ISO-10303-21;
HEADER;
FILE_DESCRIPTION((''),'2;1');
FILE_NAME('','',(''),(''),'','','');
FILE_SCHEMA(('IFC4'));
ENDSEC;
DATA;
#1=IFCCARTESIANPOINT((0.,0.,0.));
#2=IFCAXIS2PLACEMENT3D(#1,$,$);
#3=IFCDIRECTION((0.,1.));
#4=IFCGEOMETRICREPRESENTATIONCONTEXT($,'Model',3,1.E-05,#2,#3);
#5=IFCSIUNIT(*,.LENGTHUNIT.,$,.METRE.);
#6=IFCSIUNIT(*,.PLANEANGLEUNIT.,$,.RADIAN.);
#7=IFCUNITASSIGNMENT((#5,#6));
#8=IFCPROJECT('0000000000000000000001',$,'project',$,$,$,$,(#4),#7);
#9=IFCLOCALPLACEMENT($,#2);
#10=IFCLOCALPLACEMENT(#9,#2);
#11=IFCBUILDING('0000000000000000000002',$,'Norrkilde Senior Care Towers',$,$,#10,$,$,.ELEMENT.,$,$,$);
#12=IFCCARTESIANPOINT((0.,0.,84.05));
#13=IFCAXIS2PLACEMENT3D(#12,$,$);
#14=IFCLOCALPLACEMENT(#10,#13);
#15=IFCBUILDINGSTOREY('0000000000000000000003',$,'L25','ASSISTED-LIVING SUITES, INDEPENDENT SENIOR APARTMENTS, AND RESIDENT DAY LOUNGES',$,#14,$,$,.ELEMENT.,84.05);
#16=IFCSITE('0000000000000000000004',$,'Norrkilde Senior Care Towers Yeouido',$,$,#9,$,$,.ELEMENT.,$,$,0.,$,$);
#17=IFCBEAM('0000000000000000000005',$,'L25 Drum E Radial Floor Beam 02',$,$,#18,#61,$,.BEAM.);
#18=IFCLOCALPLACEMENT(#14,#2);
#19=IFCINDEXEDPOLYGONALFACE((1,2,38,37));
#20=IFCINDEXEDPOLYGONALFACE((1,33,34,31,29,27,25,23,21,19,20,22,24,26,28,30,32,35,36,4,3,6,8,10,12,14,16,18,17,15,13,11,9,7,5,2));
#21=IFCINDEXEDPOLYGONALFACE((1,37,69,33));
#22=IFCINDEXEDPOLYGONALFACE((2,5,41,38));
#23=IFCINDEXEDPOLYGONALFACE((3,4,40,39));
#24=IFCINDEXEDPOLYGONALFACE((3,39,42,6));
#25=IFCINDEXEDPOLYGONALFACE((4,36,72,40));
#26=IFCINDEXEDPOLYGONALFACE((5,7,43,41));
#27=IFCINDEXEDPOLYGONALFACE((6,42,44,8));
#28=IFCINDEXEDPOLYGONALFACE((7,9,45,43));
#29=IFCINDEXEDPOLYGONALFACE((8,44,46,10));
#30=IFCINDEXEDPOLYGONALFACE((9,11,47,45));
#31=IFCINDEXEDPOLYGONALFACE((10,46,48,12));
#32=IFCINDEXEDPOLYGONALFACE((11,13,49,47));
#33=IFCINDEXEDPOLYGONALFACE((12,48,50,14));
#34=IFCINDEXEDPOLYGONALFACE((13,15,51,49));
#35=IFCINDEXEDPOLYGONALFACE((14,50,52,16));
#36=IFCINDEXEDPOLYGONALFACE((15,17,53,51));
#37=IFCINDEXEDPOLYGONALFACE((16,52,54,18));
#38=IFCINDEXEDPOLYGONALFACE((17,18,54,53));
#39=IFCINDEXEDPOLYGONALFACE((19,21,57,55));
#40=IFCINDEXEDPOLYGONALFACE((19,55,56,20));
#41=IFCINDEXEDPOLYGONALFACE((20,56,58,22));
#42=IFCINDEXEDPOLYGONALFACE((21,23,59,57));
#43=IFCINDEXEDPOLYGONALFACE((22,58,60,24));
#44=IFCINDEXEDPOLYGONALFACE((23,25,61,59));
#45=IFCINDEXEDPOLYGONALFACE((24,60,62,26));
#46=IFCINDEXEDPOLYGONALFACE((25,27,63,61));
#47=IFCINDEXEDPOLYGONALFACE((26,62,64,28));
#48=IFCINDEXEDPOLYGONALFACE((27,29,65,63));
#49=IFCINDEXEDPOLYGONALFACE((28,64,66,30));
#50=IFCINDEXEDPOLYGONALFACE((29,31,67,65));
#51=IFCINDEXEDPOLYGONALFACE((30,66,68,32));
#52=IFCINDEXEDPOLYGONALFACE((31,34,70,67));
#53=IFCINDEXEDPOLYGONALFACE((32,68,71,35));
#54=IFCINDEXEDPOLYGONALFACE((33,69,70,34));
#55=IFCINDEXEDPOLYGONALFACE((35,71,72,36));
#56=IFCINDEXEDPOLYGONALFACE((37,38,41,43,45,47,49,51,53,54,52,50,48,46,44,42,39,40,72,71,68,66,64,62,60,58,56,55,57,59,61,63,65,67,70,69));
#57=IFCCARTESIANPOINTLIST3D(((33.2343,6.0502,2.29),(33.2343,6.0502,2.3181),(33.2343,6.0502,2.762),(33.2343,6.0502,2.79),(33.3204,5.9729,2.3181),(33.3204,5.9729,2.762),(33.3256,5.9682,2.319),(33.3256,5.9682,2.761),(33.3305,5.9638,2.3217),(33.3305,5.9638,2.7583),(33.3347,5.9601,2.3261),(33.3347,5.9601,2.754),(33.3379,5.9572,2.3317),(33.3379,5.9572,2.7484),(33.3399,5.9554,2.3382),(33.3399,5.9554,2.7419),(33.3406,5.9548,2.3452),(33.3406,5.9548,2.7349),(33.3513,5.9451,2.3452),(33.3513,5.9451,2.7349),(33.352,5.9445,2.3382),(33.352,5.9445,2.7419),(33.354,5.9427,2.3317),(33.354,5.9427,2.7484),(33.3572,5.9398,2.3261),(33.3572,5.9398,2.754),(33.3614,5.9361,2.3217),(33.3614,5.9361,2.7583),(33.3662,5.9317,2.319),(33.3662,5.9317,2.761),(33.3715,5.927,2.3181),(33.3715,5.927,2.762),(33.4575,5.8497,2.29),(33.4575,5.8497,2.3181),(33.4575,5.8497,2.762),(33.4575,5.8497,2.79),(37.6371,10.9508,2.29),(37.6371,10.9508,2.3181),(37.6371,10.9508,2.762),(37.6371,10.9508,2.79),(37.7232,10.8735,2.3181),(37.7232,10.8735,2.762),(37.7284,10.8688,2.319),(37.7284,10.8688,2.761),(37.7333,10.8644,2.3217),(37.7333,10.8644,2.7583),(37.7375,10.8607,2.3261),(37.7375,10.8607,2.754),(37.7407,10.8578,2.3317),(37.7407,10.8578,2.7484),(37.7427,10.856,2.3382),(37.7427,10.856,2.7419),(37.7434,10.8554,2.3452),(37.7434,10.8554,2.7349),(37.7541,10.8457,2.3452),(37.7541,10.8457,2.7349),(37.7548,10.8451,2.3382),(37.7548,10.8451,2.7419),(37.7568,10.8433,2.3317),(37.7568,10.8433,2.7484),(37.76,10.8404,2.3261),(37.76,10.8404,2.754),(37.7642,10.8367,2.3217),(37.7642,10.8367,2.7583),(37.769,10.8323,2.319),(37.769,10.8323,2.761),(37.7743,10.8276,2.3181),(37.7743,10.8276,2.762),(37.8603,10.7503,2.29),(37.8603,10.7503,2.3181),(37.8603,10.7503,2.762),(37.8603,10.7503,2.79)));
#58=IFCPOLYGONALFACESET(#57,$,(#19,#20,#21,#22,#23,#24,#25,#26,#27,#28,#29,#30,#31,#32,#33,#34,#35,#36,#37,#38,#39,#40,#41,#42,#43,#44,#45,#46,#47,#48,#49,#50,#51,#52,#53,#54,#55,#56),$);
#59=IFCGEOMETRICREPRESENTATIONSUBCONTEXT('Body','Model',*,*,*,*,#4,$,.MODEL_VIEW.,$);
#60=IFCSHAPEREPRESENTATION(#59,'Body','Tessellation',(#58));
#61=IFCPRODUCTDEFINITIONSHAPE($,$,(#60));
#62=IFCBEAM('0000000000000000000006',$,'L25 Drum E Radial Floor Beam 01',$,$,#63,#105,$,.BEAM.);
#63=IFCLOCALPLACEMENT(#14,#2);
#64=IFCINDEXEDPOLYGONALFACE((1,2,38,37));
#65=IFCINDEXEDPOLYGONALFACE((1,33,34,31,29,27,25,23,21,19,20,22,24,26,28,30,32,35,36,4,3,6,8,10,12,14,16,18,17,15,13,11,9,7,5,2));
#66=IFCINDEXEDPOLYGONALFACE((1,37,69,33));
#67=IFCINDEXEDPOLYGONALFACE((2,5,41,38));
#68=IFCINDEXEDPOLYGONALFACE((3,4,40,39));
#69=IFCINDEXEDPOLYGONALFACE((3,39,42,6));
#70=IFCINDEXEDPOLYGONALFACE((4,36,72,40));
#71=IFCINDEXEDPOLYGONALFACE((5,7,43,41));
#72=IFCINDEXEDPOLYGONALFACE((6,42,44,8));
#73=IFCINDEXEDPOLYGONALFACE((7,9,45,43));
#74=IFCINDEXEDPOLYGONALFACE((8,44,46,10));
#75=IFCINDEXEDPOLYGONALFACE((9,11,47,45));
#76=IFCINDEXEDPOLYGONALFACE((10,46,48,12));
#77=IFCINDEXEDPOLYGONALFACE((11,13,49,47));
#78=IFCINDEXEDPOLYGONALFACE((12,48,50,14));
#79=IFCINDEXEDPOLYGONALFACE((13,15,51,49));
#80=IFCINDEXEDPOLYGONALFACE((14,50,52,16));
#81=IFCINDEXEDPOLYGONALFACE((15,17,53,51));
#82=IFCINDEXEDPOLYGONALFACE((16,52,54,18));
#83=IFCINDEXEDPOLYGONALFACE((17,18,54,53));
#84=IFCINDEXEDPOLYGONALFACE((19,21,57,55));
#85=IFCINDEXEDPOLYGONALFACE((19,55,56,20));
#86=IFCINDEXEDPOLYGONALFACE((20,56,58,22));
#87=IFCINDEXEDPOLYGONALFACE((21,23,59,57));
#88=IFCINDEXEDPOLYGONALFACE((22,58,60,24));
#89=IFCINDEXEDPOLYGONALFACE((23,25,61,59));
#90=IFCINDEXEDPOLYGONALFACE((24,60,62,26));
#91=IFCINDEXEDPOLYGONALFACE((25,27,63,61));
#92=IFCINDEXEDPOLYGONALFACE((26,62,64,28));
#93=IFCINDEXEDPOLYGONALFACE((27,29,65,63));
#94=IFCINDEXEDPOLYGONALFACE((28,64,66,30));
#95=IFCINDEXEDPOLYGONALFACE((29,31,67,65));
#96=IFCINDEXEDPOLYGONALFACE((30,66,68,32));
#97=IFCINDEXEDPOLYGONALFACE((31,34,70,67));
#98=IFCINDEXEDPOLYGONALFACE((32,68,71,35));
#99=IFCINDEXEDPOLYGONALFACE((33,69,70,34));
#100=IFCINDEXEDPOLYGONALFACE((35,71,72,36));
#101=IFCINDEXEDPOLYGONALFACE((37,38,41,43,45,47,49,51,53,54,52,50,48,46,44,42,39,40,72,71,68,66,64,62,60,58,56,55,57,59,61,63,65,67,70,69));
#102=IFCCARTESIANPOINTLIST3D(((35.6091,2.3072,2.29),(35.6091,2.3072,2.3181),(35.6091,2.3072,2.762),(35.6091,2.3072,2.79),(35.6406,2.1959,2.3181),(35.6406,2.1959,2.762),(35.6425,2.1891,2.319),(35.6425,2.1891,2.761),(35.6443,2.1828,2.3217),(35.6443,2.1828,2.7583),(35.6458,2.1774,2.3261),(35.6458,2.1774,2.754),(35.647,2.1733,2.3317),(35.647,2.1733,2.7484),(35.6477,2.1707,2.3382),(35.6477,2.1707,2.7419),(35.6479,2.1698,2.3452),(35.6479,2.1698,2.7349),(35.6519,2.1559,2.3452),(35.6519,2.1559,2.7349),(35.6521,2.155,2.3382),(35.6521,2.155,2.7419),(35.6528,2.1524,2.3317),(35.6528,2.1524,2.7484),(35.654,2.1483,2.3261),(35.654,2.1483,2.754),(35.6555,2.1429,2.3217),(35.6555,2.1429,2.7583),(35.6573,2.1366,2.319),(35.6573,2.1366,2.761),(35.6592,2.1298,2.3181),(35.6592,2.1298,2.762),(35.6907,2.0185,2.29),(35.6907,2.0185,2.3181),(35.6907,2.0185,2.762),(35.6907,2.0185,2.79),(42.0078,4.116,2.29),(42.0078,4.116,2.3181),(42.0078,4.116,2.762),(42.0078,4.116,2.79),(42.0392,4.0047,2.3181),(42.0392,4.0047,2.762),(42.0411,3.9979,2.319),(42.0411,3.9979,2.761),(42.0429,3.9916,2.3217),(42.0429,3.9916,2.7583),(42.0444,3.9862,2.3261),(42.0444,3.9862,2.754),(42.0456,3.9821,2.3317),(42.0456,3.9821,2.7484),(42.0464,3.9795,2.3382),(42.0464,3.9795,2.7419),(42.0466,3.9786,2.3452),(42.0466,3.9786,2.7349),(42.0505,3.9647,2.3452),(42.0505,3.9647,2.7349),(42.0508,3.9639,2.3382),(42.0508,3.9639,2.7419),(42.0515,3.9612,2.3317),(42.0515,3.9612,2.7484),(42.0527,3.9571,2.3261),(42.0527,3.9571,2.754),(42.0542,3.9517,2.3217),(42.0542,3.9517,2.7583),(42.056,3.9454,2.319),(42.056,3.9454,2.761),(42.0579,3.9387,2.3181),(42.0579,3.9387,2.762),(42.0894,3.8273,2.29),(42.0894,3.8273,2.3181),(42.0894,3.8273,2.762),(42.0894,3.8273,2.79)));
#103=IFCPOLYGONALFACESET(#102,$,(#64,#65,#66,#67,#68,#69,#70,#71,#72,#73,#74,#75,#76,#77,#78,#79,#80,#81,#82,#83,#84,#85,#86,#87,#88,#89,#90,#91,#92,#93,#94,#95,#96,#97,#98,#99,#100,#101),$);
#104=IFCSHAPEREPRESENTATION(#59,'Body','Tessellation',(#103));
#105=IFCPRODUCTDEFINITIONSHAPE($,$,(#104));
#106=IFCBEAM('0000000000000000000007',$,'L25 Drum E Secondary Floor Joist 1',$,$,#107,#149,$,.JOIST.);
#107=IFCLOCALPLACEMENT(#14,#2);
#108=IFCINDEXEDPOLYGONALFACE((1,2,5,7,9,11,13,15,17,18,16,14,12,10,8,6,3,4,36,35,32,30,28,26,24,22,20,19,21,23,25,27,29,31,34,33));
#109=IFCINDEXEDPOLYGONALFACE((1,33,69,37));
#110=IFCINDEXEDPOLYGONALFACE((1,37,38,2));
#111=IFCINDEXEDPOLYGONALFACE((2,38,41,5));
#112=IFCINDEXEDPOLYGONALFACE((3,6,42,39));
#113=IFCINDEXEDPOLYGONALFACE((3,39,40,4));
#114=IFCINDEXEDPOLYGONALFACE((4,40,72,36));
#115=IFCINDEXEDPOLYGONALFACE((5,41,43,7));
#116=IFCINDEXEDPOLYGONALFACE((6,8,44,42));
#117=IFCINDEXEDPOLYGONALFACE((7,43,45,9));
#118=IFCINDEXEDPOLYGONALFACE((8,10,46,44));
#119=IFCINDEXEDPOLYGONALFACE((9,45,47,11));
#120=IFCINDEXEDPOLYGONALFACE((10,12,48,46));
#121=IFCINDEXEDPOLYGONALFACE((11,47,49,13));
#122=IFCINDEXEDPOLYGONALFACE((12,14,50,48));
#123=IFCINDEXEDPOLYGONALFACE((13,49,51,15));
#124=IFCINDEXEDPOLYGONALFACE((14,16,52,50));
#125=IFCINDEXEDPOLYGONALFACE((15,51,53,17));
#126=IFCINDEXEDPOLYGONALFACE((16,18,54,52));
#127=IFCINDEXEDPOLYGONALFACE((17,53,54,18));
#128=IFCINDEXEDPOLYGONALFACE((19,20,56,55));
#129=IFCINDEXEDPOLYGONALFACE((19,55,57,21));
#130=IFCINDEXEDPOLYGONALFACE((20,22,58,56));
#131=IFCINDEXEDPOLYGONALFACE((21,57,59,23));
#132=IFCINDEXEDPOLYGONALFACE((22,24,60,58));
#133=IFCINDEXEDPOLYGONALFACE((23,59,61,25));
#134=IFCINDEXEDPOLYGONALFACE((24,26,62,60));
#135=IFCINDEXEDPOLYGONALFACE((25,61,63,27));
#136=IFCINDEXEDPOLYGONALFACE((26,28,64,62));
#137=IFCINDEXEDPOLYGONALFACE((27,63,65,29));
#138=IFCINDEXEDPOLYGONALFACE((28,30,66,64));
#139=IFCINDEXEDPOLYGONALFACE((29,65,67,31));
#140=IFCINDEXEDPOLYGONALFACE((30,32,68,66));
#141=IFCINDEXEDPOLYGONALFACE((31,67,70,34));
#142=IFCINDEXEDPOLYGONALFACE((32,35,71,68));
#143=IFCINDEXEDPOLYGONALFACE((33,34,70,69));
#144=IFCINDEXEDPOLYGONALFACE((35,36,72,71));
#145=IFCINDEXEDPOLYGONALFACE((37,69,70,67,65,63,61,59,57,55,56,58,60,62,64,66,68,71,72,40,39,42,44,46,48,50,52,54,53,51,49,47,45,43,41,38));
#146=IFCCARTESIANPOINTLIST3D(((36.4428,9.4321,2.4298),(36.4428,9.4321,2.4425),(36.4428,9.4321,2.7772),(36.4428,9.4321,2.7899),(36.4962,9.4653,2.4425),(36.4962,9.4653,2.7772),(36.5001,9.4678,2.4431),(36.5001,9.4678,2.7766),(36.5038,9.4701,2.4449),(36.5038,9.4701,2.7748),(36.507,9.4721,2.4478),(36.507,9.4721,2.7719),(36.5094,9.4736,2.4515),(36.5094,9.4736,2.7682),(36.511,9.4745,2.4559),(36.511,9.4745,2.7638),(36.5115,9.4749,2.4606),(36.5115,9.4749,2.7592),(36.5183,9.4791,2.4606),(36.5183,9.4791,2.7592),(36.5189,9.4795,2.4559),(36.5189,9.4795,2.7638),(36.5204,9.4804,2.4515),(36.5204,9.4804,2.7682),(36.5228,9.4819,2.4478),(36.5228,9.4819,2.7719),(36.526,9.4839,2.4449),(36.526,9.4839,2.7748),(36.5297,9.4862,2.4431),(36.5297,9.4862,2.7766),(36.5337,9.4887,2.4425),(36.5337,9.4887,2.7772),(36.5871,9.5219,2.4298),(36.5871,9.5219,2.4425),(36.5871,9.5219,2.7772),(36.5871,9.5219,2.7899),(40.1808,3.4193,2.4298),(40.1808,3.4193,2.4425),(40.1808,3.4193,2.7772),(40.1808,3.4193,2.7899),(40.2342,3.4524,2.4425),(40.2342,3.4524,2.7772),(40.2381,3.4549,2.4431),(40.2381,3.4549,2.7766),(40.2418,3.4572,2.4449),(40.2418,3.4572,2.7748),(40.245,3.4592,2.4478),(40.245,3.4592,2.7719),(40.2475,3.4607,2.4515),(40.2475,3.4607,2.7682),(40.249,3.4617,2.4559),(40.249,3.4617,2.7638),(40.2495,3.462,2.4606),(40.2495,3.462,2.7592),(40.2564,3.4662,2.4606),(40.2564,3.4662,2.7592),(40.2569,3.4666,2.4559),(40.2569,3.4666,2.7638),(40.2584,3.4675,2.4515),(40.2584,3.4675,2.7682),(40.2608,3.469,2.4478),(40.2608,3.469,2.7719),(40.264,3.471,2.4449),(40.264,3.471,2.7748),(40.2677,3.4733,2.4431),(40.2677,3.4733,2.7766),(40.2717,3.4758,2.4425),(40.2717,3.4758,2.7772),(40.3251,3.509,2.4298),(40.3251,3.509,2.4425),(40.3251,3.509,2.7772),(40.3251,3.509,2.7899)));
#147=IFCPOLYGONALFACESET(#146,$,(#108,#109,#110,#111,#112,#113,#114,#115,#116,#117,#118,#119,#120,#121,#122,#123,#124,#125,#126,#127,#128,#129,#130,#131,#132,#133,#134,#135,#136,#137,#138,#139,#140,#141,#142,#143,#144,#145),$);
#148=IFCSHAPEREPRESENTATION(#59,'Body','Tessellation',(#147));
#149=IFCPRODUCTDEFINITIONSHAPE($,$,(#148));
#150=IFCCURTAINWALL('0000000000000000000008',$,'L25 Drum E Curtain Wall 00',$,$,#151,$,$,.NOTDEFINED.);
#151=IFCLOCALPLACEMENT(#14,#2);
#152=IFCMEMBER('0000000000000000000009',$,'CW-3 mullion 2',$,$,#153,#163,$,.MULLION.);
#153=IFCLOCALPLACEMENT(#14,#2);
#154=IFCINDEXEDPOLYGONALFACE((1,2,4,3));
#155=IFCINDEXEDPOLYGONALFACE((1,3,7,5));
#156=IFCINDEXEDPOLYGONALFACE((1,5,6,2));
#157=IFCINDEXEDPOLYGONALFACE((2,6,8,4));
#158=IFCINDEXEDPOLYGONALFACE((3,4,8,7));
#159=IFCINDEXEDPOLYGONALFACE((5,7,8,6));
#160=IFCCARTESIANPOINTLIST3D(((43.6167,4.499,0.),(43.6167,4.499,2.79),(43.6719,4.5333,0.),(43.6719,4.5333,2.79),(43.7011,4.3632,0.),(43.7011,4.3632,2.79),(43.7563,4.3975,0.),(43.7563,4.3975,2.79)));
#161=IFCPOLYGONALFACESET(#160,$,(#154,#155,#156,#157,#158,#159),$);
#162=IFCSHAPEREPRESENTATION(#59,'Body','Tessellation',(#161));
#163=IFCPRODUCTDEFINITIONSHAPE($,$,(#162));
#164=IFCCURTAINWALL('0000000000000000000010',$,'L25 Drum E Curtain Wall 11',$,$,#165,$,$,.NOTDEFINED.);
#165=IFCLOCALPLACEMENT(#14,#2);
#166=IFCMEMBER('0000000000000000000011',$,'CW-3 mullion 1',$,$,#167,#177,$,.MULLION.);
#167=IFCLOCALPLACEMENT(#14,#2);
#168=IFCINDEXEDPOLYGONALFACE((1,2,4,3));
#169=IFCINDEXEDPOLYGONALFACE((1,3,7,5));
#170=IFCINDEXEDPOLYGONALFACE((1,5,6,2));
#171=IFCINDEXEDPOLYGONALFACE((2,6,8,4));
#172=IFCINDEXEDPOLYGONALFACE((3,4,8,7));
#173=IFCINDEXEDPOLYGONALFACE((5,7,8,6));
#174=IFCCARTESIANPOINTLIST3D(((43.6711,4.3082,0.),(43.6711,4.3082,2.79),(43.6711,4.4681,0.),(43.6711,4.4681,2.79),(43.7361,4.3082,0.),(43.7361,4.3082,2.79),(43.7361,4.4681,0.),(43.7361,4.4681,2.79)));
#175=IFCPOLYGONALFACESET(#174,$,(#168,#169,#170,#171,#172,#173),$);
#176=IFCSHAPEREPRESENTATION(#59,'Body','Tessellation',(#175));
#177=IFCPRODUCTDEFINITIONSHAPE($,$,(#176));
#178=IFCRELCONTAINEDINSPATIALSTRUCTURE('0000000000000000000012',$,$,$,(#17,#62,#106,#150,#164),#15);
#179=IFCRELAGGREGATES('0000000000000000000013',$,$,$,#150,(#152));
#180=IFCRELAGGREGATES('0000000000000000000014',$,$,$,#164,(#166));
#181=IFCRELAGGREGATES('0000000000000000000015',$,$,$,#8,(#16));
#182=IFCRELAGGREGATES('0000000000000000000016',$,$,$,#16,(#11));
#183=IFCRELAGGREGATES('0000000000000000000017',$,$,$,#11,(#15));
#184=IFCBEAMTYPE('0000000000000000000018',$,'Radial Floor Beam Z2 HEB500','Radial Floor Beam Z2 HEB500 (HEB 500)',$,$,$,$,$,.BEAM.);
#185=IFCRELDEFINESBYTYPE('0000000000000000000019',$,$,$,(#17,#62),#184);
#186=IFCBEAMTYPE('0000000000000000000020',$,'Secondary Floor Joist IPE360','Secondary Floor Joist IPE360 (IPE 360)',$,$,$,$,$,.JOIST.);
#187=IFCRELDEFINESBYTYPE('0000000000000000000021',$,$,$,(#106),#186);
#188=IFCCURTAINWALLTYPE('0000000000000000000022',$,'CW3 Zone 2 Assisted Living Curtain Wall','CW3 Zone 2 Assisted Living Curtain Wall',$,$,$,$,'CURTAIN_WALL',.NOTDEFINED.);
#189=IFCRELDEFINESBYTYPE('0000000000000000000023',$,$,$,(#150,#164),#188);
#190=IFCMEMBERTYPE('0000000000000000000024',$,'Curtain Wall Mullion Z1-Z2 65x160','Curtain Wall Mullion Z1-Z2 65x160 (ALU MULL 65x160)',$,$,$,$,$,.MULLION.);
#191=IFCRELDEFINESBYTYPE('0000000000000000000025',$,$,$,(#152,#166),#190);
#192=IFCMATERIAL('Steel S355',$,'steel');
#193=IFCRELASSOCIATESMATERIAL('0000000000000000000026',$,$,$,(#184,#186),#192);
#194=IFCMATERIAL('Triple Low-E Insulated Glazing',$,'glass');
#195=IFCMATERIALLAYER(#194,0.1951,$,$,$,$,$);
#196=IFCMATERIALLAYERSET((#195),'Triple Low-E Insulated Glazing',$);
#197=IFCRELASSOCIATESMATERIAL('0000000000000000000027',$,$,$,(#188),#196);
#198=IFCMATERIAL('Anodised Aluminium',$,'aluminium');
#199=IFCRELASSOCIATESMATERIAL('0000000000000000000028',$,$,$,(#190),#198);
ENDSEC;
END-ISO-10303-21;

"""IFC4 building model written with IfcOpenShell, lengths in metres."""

from ifc_helpers import new_model, si_unit, direction, frame, origin, origin_2d, place, context, subcontext, project, spatial, rectangle, i_section, extrude, source, transform, mapped, material, layer, layer_set, material_profile, profile_set, type_object, type_shapes, element, aggregate, save


model = new_model("IFC4")

# Units and contexts
model_context = context("Model", 3, precision=1e-05, world=origin(), true_north=direction((0.0, 1.0)))
body_context = subcontext(model_context, "Body", "Model", "MODEL_VIEW")
ifc_project = project(units=[si_unit("LENGTHUNIT", "METRE"), si_unit("PLANEANGLEUNIT", "RADIAN")], contexts=[model_context])

# Site, building, storey
site_placement = place(None, origin())
site = spatial("IfcSite", under=ifc_project, at=site_placement, Name="Norrkilde Senior Care Towers Yeouido", CompositionType="ELEMENT", RefElevation=0.0)
building_placement = place(site_placement, origin())
building = spatial("IfcBuilding", under=site, at=building_placement, Name="Norrkilde Senior Care Towers", CompositionType="ELEMENT")
storey_placement = place(building_placement, frame((0.0, 0.0, 84.05)))
storey = spatial("IfcBuildingStorey", under=building, at=storey_placement, Name="L25", Description="ASSISTED-LIVING SUITES, INDEPENDENT SENIOR APARTMENTS, AND RESIDENT DAY LOUNGES", CompositionType="ELEMENT", Elevation=84.05)

# Beams
ifc_material_1 = material(Name="Steel S355", Category="steel")
ifc_material_profile_1 = material_profile(ifc_material_1, i_section(OverallWidth=0.3, OverallDepth=0.5, WebThickness=0.0144, FlangeThickness=0.0281, FilletRadius=0.0271, at=origin_2d()), Name="HEB 500")
ifc_profile_set_1 = profile_set([ifc_material_profile_1], Name="Steel S355")
beam_type_1 = type_object("IfcBeamType", Name="Radial Floor Beam Z2 HEB500", Description="Radial Floor Beam Z2 HEB500 (HEB 500)", PredefinedType="BEAM", material=ifc_profile_set_1)
shared_shape_1 = source(origin(), body_context, "Body", "SweptSolid", [
    extrude(i_section(OverallWidth=0.3, OverallDepth=0.5, WebThickness=0.0144, FlangeThickness=0.0281, FilletRadius=0.0271, at=origin_2d()), origin(), (0.0, 0.0, 1.0), 6.5879),
])
beam_1_placement = place(storey_placement, frame((33.3459, 5.95, 2.54), z_axis=(0.668315, 0.743878, 0.0), x_axis=(-0.743878, 0.668315, 0.0)))
element("IfcBeam", 1, at=beam_1_placement, inside=storey, type_object=beam_type_1, Name="L25 Drum E Radial Floor Beam 02", PredefinedType="BEAM", context=body_context, shape_type="MappedRepresentation", body=[
    mapped(shared_shape_1, transform((0.0, 0.0, 0.0), x_axis=(1.0, 0.0, 0.0), y_axis=(0.0, 1.0, 0.0), z_axis=(0.0, 0.0, 1.0), scale=1.0)),
])
shared_shape_2 = source(origin(), body_context, "Body", "SweptSolid", [
    extrude(i_section(OverallWidth=0.3, OverallDepth=0.5, WebThickness=0.0144, FlangeThickness=0.0281, FilletRadius=0.0271, at=origin_2d()), origin(), (0.0, 0.0, 1.0), 6.6494),
])
beam_2_placement = place(storey_placement, frame((35.6499, 2.1628, 2.54), z_axis=(0.962289, 0.272029, 0.0), x_axis=(-0.272029, 0.962289, 0.0)))
element("IfcBeam", 2, at=beam_2_placement, inside=storey, type_object=beam_type_1, Name="L25 Drum E Radial Floor Beam 01", PredefinedType="BEAM", context=body_context, shape_type="MappedRepresentation", body=[
    mapped(shared_shape_2, transform((0.0, 0.0, 0.0), x_axis=(1.0, 0.0, 0.0), y_axis=(0.0, 1.0, 0.0), z_axis=(0.0, 0.0, 1.0), scale=1.0)),
])
ifc_material_profile_2 = material_profile(ifc_material_1, i_section(OverallWidth=0.1699, OverallDepth=0.3601, WebThickness=0.0081, FlangeThickness=0.0127, FilletRadius=0.0181, at=origin_2d()), Name="IPE 360")
ifc_profile_set_2 = profile_set([ifc_material_profile_2], Name="Steel S355")
beam_type_2 = type_object("IfcBeamType", Name="Secondary Floor Joist IPE360", Description="Secondary Floor Joist IPE360 (IPE 360)", PredefinedType="JOIST", material=ifc_profile_set_2)
shared_shape_3 = source(origin(), body_context, "Body", "SweptSolid", [
    extrude(i_section(OverallWidth=0.1699, OverallDepth=0.3601, WebThickness=0.0081, FlangeThickness=0.0127, FilletRadius=0.0181, at=origin_2d()), origin(), (0.0, 0.0, 1.0), 7.0801),
])
type_shapes(beam_type_2, [shared_shape_3])
beam_3_placement = place(storey_placement, frame((40.2529, 3.4641, 2.6099), z_axis=(-0.527961, 0.849269, 0.0), x_axis=(-0.849269, -0.527961, 0.0)))
element("IfcBeam", 3, at=beam_3_placement, inside=storey, type_object=beam_type_2, Name="L25 Drum E Secondary Floor Joist 1", PredefinedType="JOIST", context=body_context, shape_type="MappedRepresentation", body=[
    mapped(shared_shape_3, transform((0.0, 0.0, 0.0), x_axis=(1.0, 0.0, 0.0), y_axis=(0.0, 1.0, 0.0), z_axis=(0.0, 0.0, 1.0), scale=1.0)),
])

# Curtain wall, member
ifc_material_2 = material(Name="Triple Low-E Insulated Glazing", Category="glass")
ifc_layer_1 = layer(ifc_material_2, 0.1951)
ifc_layer_set_1 = layer_set([ifc_layer_1], Name="Triple Low-E Insulated Glazing")
curtain_wall_type = type_object("IfcCurtainWallType", Name="CW3 Zone 2 Assisted Living Curtain Wall", Description="CW3 Zone 2 Assisted Living Curtain Wall", ElementType="CURTAIN_WALL", PredefinedType="NOTDEFINED", material=ifc_layer_set_1)
curtain_wall_1_placement = place(storey_placement, origin())
curtain_wall_1 = element("IfcCurtainWall", 4, at=curtain_wall_1_placement, inside=storey, type_object=curtain_wall_type, Name="L25 Drum E Curtain Wall 00", PredefinedType="NOTDEFINED")
ifc_material_3 = material(Name="Anodised Aluminium", Category="aluminium")
ifc_material_profile_3 = material_profile(ifc_material_3, rectangle(XDim=0.0649, YDim=0.1599, at=origin_2d()), Name="ALU MULL 65x160")
ifc_profile_set_3 = profile_set([ifc_material_profile_3], Name="Anodised Aluminium")
member_type_1 = type_object("IfcMemberType", Name="Curtain Wall Mullion Z1-Z2 65x160", Description="Curtain Wall Mullion Z1-Z2 65x160 (ALU MULL 65x160)", PredefinedType="MULLION", material=ifc_profile_set_3)
shared_shape_4 = source(origin(), body_context, "Body", "SweptSolid", [
    extrude(rectangle(XDim=0.0649, YDim=0.1599, at=origin_2d()), origin(), (0.0, 0.0, 1.0), 2.79),
])
type_shapes(member_type_1, [shared_shape_4])
member_1_placement = place(storey_placement, frame((43.6865, 4.4482, 0.0), z_axis=(0.0, 0.0, 1.0), x_axis=(0.84941, 0.527733, 0.0)))
member_1 = element("IfcMember", 5, at=member_1_placement, type_object=member_type_1, Name="CW-3 mullion 2", PredefinedType="MULLION", context=body_context, shape_type="MappedRepresentation", body=[
    mapped(shared_shape_4, transform((0.0, 0.0, 0.0), x_axis=(1.0, 0.0, 0.0), y_axis=(0.0, 1.0, 0.0), z_axis=(0.0, 0.0, 1.0), scale=1.0)),
])
aggregate(curtain_wall_1, [member_1])

# Curtain wall, member
curtain_wall_2_placement = place(storey_placement, origin())
curtain_wall_2 = element("IfcCurtainWall", 6, at=curtain_wall_2_placement, inside=storey, type_object=curtain_wall_type, Name="L25 Drum E Curtain Wall 11", PredefinedType="NOTDEFINED")
member_2_placement = place(storey_placement, frame((43.7036, 4.3882, 0.0), z_axis=(0.0, 0.0, 1.0), x_axis=(1.0, 0.0, 0.0)))
member_2 = element("IfcMember", 7, at=member_2_placement, type_object=member_type_1, Name="CW-3 mullion 1", PredefinedType="MULLION", context=body_context, shape_type="MappedRepresentation", body=[
    mapped(shared_shape_4, transform((0.0, 0.0, 0.0), x_axis=(1.0, 0.0, 0.0), y_axis=(0.0, 1.0, 0.0), z_axis=(0.0, 0.0, 1.0), scale=1.0)),
])
aggregate(curtain_wall_2, [member_2])

save(model, "model.ifc")
